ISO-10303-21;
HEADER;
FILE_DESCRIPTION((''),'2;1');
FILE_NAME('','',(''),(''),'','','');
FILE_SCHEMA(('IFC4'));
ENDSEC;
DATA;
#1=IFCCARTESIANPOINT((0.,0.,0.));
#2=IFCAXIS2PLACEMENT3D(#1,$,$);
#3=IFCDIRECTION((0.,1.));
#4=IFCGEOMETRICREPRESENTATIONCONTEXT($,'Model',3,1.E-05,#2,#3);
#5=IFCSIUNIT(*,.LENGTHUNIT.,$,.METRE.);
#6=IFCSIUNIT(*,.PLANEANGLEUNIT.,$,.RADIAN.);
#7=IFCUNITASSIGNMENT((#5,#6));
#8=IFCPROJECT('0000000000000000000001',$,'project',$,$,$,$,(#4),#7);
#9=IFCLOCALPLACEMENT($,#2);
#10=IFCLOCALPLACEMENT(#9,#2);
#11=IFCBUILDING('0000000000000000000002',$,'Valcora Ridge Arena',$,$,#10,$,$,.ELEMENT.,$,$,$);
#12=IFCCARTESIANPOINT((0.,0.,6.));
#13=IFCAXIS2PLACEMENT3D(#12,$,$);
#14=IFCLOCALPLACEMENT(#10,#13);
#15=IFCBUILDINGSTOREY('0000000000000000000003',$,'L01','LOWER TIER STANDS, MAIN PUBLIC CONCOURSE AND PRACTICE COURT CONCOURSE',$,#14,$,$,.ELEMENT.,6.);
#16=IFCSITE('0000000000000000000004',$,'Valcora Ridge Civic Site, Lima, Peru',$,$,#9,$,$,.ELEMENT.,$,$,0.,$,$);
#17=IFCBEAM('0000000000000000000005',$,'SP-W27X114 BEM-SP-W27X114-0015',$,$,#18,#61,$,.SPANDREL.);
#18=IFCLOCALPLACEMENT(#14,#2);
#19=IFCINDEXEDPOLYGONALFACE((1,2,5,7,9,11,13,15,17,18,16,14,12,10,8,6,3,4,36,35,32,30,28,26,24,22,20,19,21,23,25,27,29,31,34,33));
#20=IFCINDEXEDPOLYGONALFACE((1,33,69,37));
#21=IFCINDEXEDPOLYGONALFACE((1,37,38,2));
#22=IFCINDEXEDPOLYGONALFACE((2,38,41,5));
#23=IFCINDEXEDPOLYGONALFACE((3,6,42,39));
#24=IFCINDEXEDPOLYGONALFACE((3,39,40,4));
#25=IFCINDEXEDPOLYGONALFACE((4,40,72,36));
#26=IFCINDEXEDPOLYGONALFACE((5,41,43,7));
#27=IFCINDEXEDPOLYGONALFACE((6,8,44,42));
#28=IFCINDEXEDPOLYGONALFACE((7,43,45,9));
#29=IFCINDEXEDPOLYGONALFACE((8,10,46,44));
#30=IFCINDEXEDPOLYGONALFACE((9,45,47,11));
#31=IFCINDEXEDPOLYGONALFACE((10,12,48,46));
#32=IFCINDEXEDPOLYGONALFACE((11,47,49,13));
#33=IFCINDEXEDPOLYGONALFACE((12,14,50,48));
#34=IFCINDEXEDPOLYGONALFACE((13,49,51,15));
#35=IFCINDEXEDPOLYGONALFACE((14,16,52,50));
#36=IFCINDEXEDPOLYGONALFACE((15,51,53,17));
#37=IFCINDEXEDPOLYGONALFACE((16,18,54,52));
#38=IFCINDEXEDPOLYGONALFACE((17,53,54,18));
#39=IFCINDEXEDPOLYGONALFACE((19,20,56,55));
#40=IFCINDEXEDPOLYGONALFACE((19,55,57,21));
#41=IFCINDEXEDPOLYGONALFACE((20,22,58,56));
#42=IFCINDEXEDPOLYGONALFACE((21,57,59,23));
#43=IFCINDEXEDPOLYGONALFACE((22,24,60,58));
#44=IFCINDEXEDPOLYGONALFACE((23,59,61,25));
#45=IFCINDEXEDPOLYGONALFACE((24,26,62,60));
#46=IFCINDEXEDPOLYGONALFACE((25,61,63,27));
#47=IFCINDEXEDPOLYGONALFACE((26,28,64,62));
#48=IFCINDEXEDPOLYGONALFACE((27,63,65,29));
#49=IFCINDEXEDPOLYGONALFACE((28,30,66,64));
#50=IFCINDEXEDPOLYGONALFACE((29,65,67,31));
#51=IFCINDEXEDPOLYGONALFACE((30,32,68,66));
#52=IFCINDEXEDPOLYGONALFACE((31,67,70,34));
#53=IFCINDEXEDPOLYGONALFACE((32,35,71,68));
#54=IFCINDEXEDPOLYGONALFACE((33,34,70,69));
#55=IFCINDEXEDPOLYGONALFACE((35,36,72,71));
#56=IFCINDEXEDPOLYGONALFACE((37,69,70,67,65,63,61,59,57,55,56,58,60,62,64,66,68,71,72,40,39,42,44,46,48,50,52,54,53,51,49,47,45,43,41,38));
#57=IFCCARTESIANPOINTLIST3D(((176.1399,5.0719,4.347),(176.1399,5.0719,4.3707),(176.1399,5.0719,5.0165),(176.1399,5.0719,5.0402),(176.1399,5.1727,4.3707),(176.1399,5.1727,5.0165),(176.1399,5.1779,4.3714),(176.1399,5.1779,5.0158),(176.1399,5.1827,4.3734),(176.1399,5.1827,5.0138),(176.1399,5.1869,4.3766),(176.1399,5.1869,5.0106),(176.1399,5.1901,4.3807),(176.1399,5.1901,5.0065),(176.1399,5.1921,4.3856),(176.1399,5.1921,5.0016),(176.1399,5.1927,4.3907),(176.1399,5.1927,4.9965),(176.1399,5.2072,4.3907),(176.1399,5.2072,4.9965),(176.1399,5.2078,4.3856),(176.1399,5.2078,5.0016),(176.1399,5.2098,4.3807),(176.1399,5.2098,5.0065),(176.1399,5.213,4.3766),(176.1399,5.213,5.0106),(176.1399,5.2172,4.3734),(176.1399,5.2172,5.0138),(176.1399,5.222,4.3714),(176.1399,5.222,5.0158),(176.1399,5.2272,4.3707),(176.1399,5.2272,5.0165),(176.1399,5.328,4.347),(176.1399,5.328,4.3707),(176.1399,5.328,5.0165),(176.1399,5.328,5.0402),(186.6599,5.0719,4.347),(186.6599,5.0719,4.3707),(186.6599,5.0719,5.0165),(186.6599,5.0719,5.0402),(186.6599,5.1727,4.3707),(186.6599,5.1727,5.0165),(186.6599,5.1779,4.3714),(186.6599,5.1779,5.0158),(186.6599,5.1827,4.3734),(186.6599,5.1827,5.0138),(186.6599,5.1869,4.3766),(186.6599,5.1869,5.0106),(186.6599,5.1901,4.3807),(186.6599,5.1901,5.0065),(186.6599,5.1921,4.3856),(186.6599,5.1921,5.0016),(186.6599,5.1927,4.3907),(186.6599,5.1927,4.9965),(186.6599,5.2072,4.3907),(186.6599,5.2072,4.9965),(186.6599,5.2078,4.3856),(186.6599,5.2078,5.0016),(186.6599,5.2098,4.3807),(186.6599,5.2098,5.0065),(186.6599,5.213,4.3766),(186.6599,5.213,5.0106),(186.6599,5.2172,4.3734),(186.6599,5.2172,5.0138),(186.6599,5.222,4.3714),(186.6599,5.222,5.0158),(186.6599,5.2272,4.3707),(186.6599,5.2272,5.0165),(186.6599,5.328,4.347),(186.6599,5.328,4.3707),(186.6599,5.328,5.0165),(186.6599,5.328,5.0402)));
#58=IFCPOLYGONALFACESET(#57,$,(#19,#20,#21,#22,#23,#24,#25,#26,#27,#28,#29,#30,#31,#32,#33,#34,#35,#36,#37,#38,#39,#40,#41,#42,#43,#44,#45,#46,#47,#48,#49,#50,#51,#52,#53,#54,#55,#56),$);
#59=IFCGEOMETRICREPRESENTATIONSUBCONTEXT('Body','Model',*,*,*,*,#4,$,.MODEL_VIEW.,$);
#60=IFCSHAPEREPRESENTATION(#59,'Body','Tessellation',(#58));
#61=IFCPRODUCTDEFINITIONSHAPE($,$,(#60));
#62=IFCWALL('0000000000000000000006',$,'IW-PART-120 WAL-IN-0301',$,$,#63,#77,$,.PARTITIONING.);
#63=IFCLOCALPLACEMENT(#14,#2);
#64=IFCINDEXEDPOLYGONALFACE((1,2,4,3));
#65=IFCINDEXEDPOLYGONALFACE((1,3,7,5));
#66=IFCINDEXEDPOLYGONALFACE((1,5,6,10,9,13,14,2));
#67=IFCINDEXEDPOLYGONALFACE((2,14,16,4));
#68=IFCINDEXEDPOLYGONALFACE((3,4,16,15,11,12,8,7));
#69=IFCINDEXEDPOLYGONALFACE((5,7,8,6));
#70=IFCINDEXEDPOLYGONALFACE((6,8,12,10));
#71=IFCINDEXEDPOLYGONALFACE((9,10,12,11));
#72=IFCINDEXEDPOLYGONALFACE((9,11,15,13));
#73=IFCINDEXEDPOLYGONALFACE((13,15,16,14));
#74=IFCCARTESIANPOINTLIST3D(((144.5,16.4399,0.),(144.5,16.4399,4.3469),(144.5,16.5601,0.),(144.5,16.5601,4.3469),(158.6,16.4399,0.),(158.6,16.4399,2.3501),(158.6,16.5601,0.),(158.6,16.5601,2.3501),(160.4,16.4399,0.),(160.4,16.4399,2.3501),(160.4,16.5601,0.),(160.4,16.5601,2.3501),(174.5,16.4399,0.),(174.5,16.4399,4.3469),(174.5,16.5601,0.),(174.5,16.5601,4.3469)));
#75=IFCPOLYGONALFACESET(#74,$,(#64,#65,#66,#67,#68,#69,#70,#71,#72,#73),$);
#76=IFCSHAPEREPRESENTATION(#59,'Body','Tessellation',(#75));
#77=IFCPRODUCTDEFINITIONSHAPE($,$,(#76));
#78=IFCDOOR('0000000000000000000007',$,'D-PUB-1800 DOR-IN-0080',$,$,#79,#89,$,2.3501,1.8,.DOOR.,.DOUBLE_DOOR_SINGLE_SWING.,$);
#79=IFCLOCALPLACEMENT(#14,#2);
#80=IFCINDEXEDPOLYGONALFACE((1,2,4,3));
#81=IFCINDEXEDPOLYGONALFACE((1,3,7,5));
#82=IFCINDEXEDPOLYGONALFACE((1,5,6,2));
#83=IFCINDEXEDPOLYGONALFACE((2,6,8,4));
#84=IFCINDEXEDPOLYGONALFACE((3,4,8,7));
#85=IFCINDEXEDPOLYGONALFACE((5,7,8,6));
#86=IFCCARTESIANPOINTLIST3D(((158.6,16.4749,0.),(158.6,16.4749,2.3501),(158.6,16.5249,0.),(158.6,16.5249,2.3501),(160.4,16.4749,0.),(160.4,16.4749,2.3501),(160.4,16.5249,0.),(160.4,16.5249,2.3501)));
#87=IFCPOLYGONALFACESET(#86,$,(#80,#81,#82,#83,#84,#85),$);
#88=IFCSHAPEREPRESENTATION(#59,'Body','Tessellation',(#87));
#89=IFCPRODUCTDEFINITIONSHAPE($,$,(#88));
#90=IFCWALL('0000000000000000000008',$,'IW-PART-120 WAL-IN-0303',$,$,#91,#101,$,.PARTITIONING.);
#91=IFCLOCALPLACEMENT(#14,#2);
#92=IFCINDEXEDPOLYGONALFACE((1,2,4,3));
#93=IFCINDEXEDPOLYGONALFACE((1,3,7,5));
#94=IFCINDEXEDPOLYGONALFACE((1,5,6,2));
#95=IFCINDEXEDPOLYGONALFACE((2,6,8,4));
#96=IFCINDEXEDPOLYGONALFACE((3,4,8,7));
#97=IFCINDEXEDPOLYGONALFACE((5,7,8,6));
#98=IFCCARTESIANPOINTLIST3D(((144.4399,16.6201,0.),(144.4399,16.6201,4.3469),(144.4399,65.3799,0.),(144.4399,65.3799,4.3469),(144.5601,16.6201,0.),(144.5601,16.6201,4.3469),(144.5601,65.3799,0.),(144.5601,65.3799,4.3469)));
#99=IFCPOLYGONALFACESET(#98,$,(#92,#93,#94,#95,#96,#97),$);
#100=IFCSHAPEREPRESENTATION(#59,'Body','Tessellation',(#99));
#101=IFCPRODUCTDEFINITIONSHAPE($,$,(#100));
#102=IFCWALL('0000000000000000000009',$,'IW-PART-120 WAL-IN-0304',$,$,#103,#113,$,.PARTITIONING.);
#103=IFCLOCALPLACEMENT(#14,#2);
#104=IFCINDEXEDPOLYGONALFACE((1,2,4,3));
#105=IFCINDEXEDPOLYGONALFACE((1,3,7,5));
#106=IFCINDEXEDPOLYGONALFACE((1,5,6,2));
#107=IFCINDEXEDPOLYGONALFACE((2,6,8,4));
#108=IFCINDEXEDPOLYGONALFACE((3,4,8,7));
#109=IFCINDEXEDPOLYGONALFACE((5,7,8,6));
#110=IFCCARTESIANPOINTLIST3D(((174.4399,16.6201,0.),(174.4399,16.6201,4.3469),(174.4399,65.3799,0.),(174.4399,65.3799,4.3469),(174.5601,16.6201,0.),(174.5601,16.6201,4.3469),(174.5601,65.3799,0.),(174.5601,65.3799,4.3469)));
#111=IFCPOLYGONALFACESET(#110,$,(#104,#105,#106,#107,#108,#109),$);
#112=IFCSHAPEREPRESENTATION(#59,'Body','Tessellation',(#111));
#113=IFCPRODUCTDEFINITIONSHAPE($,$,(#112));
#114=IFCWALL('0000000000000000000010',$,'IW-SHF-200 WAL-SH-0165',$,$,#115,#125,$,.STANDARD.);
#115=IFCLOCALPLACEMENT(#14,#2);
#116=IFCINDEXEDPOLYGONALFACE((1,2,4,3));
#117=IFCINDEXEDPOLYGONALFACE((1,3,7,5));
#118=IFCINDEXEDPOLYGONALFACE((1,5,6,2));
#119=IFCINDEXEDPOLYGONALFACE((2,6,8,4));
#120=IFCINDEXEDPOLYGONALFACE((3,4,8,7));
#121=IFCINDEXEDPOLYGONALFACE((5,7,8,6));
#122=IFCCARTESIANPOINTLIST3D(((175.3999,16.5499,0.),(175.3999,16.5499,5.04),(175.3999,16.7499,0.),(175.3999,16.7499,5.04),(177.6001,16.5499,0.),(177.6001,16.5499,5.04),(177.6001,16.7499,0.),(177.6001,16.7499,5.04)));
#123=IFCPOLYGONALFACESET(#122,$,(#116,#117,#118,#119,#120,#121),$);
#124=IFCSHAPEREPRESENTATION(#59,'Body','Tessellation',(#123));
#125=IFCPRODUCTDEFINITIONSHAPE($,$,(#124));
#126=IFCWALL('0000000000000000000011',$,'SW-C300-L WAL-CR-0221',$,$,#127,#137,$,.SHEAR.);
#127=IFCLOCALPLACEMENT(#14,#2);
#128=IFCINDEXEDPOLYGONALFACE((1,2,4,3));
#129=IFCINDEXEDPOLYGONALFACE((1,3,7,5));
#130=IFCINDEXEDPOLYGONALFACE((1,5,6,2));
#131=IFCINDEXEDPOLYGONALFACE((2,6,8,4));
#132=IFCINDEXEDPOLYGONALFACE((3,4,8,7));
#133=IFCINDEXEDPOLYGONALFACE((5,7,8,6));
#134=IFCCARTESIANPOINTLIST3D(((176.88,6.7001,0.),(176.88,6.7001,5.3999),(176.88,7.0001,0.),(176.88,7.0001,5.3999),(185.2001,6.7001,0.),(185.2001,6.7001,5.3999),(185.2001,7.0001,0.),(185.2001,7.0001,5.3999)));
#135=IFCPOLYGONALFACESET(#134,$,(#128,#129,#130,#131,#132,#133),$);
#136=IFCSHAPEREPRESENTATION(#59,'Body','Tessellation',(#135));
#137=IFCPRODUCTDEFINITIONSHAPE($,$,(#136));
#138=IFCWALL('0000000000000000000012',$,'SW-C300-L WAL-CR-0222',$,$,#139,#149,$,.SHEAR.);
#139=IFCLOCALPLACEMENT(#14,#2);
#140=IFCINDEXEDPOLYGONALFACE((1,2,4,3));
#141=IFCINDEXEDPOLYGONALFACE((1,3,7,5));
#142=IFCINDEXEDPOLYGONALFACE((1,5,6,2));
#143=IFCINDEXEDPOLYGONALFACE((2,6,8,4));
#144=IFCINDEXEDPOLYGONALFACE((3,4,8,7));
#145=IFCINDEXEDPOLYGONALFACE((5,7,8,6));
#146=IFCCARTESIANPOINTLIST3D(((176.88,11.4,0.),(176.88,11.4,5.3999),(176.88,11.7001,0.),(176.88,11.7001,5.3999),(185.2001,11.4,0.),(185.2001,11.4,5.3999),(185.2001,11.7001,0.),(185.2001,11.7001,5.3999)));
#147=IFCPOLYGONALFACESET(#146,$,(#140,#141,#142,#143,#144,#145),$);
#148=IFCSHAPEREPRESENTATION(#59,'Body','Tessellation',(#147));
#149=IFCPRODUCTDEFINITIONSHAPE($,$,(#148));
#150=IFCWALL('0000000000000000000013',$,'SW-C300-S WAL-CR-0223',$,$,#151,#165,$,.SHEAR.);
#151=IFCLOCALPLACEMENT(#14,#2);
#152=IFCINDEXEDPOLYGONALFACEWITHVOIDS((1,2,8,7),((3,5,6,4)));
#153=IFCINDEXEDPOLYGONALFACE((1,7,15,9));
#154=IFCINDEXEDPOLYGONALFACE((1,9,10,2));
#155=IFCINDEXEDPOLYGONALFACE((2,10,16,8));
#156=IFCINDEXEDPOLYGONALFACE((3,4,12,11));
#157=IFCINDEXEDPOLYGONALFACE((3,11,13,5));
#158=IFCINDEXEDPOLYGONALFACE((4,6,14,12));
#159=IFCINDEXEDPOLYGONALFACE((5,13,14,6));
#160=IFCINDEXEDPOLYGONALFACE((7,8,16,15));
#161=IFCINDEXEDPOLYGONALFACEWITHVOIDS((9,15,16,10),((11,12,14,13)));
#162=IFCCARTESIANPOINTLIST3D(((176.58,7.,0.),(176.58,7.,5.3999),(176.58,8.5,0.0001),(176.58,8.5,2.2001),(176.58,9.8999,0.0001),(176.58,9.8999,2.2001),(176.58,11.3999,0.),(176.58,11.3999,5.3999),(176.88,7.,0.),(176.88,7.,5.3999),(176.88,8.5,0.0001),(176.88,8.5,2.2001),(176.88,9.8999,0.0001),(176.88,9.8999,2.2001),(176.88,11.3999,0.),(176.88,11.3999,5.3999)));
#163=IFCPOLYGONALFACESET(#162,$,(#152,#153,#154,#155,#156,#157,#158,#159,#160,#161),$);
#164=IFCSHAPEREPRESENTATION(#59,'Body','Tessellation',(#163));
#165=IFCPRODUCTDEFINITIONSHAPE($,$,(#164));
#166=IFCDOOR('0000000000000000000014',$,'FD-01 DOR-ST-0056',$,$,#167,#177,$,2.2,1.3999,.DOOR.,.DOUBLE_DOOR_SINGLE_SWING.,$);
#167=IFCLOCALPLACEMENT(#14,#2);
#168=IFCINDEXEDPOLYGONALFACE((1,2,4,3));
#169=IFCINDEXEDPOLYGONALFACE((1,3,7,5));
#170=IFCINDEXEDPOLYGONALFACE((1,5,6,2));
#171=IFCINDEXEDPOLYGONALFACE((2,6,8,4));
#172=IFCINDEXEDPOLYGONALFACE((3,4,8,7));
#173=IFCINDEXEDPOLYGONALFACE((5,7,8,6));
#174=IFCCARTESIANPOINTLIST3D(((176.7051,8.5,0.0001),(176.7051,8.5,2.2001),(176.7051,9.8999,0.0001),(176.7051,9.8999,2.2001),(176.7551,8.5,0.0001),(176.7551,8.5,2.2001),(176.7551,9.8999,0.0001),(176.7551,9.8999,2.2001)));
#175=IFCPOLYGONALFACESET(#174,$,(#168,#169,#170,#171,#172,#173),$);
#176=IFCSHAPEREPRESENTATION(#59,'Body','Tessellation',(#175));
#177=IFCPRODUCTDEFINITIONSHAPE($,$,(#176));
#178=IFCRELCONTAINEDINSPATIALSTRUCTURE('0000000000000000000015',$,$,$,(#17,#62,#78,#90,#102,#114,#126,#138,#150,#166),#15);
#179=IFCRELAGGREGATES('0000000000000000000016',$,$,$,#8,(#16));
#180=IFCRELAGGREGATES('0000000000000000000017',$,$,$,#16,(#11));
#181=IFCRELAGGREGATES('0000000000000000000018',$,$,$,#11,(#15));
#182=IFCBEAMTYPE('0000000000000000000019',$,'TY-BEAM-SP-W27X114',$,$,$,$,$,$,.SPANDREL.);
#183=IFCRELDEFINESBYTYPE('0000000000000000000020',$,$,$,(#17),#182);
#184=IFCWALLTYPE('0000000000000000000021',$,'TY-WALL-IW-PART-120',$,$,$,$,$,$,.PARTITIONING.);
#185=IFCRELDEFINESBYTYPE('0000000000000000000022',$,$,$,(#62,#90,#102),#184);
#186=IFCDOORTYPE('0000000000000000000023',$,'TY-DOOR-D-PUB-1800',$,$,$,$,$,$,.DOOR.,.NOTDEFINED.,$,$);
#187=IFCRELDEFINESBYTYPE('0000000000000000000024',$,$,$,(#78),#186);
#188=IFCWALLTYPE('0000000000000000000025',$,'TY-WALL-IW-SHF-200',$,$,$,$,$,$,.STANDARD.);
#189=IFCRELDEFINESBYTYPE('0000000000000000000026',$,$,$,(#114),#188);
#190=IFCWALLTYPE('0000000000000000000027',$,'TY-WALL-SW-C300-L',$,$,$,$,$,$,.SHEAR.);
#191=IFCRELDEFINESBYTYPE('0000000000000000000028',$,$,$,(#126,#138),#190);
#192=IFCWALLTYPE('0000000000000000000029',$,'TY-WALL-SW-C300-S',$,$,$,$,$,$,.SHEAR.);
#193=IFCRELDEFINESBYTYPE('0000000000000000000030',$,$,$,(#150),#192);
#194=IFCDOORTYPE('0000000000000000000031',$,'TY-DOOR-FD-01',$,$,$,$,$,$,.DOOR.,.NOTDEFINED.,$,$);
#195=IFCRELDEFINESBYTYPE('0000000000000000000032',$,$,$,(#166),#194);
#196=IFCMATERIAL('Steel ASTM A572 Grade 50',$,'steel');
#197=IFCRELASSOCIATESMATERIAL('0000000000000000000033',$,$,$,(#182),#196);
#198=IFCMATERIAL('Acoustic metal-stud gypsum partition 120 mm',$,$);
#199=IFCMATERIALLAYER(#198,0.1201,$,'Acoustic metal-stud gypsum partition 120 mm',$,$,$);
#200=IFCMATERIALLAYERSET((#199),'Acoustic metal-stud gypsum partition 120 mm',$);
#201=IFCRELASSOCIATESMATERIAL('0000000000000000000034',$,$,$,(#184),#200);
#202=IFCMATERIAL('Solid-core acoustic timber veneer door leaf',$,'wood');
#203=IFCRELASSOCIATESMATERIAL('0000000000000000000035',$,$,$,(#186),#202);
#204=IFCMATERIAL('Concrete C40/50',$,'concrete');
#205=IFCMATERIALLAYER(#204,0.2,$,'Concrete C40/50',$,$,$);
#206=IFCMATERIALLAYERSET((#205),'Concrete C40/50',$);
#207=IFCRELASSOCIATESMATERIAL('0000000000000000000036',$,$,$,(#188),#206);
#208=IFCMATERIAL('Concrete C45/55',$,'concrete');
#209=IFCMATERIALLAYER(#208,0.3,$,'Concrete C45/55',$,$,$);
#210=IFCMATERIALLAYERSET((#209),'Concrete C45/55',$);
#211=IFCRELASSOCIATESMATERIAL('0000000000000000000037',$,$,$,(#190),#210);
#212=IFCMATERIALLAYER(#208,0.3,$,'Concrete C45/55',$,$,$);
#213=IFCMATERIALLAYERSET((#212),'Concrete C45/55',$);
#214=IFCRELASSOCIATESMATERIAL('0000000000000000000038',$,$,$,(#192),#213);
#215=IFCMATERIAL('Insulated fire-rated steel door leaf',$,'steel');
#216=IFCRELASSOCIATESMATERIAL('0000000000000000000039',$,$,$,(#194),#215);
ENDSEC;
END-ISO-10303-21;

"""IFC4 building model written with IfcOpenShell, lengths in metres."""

from ifc_helpers import new_model, si_unit, direction, frame, frame_2d, origin, origin_2d, place, context, subcontext, project, spatial, rectangle, i_section, extrude, material, layer, layer_set, material_profile, profile_set, type_object, element, fill, save


model = new_model("IFC4")

# Units and contexts
model_context = context("Model", 3, precision=1e-05, world=origin(), true_north=direction((0.0, 1.0)))
body_context = subcontext(model_context, "Body", "Model", "MODEL_VIEW")
ifc_project = project(units=[si_unit("LENGTHUNIT", "METRE"), si_unit("PLANEANGLEUNIT", "RADIAN")], contexts=[model_context])

# Site, building, storey
site_placement = place(None, origin())
site = spatial("IfcSite", under=ifc_project, at=site_placement, Name="Valcora Ridge Civic Site, Lima, Peru", CompositionType="ELEMENT", RefElevation=0.0)
building_placement = place(site_placement, origin())
building = spatial("IfcBuilding", under=site, at=building_placement, Name="Valcora Ridge Arena", CompositionType="ELEMENT")
storey_placement = place(building_placement, frame((0.0, 0.0, 6.0)))
storey = spatial("IfcBuildingStorey", under=building, at=storey_placement, Name="L01", Description="LOWER TIER STANDS, MAIN PUBLIC CONCOURSE AND PRACTICE COURT CONCOURSE", CompositionType="ELEMENT", Elevation=6.0)

# Shared definitions
ifc_material_1 = material(Name="Steel ASTM A572 Grade 50", Category="steel")

# Beam
ifc_material_profile_1 = material_profile(ifc_material_1, i_section(OverallWidth=0.2561, OverallDepth=0.6931, WebThickness=0.0144, FlangeThickness=0.0237, FilletRadius=0.02, at=origin_2d()), Name="W27X114")
ifc_profile_set_1 = profile_set([ifc_material_profile_1], Name="Steel ASTM A572 Grade 50")
beam_type_1 = type_object("IfcBeamType", Name="TY-BEAM-SP-W27X114", PredefinedType="SPANDREL", material=ifc_profile_set_1)
beam_1_placement = place(storey_placement, frame((176.1399, 5.2, 4.6936), z_axis=(1.0, 0.0, 0.0), x_axis=(0.0, 1.0, 0.0)))
element("IfcBeam", 1, at=beam_1_placement, inside=storey, type_object=beam_type_1, Name="SP-W27X114 BEM-SP-W27X114-0015", PredefinedType="SPANDREL", context=body_context, shape_type="SweptSolid", body=[
    extrude(i_section(OverallWidth=0.2561, OverallDepth=0.6931, WebThickness=0.0144, FlangeThickness=0.0237, FilletRadius=0.02, at=origin_2d()), origin(), (0.0, 0.0, 1.0), 10.52),
])

# Wall, opening, door
ifc_material_2 = material(Name="Acoustic metal-stud gypsum partition 120 mm")
ifc_layer_1 = layer(ifc_material_2, 0.1201, Name="Acoustic metal-stud gypsum partition 120 mm")
ifc_layer_set_1 = layer_set([ifc_layer_1], Name="Acoustic metal-stud gypsum partition 120 mm")
wall_type_1 = type_object("IfcWallType", Name="TY-WALL-IW-PART-120", PredefinedType="PARTITIONING", material=ifc_layer_set_1)
wall_1_placement = place(storey_placement, frame((144.5, 16.5, 0.0), z_axis=(0.0, 0.0, 1.0), x_axis=(1.0, 0.0, 0.0)))
wall_1 = element("IfcWall", 2, at=wall_1_placement, inside=storey, type_object=wall_type_1, Name="IW-PART-120 WAL-IN-0301", PredefinedType="PARTITIONING", context=body_context, shape_type="SweptSolid", body=[
    extrude(rectangle(XDim=30.0, YDim=0.1201, at=frame_2d((15.0, 0.0))), origin(), (0.0, 0.0, 1.0), 4.3469),
])
opening_1_placement = place(wall_1_placement, frame((14.1001, 0.0, 0.0)))
opening_1 = element("IfcOpeningElement", 3, at=opening_1_placement, cuts=wall_1, PredefinedType="OPENING", context=body_context, shape_type="SweptSolid", body=[
    extrude(rectangle(XDim=1.8, YDim=2.3501, at=frame_2d((0.8999, 1.175))), frame((0.0, 0.0701, 0.0), z_axis=(0.0, -1.0, 0.0), x_axis=(1.0, 0.0, 0.0)), (0.0, 0.0, 1.0), 0.1401),
])
ifc_material_3 = material(Name="Solid-core acoustic timber veneer door leaf", Category="wood")
door_type_1 = type_object("IfcDoorType", Name="TY-DOOR-D-PUB-1800", OperationType="NOTDEFINED", PredefinedType="DOOR", material=ifc_material_3)
door_1_placement = place(opening_1_placement, origin())
door_1 = element("IfcDoor", 4, at=door_1_placement, inside=storey, type_object=door_type_1, Name="D-PUB-1800 DOR-IN-0080", OperationType="DOUBLE_DOOR_SINGLE_SWING", OverallHeight=2.3501, OverallWidth=1.8, PredefinedType="DOOR", context=body_context, shape_type="SweptSolid", body=[
    extrude(rectangle(XDim=1.8, YDim=2.3501, at=frame_2d((0.8999, 1.175))), frame((0.0, 0.0249, 0.0), z_axis=(0.0, -1.0, 0.0), x_axis=(1.0, 0.0, 0.0)), (0.0, 0.0, 1.0), 0.05),
])
fill(opening_1, door_1)

# Walls
for number, where, z_axis, x_axis, name in (
    (5, (144.5, 16.6201, 0.0), (0.0, 0.0, 1.0), (0.0, 1.0, 0.0), "IW-PART-120 WAL-IN-0303"),
    (6, (174.5, 16.6201, 0.0), (0.0, 0.0, 1.0), (0.0, 1.0, 0.0), "IW-PART-120 WAL-IN-0304"),
):
    element("IfcWall", number, at=place(storey_placement, frame(where, z_axis=z_axis, x_axis=x_axis)), inside=storey, type_object=wall_type_1, Name=name, PredefinedType="PARTITIONING", context=body_context, shape_type="SweptSolid", body=[
        extrude(rectangle(XDim=48.7598, YDim=0.1201, at=frame_2d((24.3799, 0.0))), origin(), (0.0, 0.0, 1.0), 4.3469),
    ])
ifc_material_4 = material(Name="Concrete C40/50", Category="concrete")
ifc_layer_2 = layer(ifc_material_4, 0.2, Name="Concrete C40/50")
ifc_layer_set_2 = layer_set([ifc_layer_2], Name="Concrete C40/50")
wall_type_2 = type_object("IfcWallType", Name="TY-WALL-IW-SHF-200", PredefinedType="STANDARD", material=ifc_layer_set_2)
wall_2_placement = place(storey_placement, frame((175.3999, 16.6499, 0.0), z_axis=(0.0, 0.0, 1.0), x_axis=(1.0, 0.0, 0.0)))
element("IfcWall", 7, at=wall_2_placement, inside=storey, type_object=wall_type_2, Name="IW-SHF-200 WAL-SH-0165", PredefinedType="STANDARD", context=body_context, shape_type="SweptSolid", body=[
    extrude(rectangle(XDim=2.2002, YDim=0.2, at=frame_2d((1.1001, 0.0))), origin(), (0.0, 0.0, 1.0), 5.04),
])
ifc_material_5 = material(Name="Concrete C45/55", Category="concrete")
ifc_layer_3 = layer(ifc_material_5, 0.3, Name="Concrete C45/55")
ifc_layer_set_3 = layer_set([ifc_layer_3], Name="Concrete C45/55")
wall_type_3 = type_object("IfcWallType", Name="TY-WALL-SW-C300-L", PredefinedType="SHEAR", material=ifc_layer_set_3)
for number, where, z_axis, x_axis, name in (
    (8, (176.8799, 6.8501, 0.0), (0.0, 0.0, 1.0), (1.0, 0.0, 0.0), "SW-C300-L WAL-CR-0221"),
    (9, (176.8799, 11.55, 0.0), (0.0, 0.0, 1.0), (1.0, 0.0, 0.0), "SW-C300-L WAL-CR-0222"),
):
    element("IfcWall", number, at=place(storey_placement, frame(where, z_axis=z_axis, x_axis=x_axis)), inside=storey, type_object=wall_type_3, Name=name, PredefinedType="SHEAR", context=body_context, shape_type="SweptSolid", body=[
        extrude(rectangle(XDim=8.3201, YDim=0.3, at=frame_2d((4.1602, 0.0))), origin(), (0.0, 0.0, 1.0), 5.3999),
    ])

# Wall, opening, door
ifc_layer_4 = layer(ifc_material_5, 0.3, Name="Concrete C45/55")
ifc_layer_set_4 = layer_set([ifc_layer_4], Name="Concrete C45/55")
wall_type_4 = type_object("IfcWallType", Name="TY-WALL-SW-C300-S", PredefinedType="SHEAR", material=ifc_layer_set_4)
wall_3_placement = place(storey_placement, frame((176.73, 7.0, 0.0), z_axis=(0.0, 0.0, 1.0), x_axis=(0.0, 1.0, 0.0)))
wall_3 = element("IfcWall", 10, at=wall_3_placement, inside=storey, type_object=wall_type_4, Name="SW-C300-S WAL-CR-0223", PredefinedType="SHEAR", context=body_context, shape_type="SweptSolid", body=[
    extrude(rectangle(XDim=4.3999, YDim=0.3, at=frame_2d((2.2, 0.0))), origin(), (0.0, 0.0, 1.0), 5.3999),
])
opening_2_placement = place(wall_3_placement, frame((1.5, 0.0, 0.0)))
opening_2 = element("IfcOpeningElement", 11, at=opening_2_placement, cuts=wall_3, PredefinedType="OPENING", context=body_context, shape_type="SweptSolid", body=[
    extrude(rectangle(XDim=1.3999, YDim=2.2, at=frame_2d((0.7, 1.1001))), frame((0.0, 0.1599, 0.0), z_axis=(0.0, -1.0, 0.0), x_axis=(1.0, 0.0, 0.0)), (0.0, 0.0, 1.0), 0.3201),
])
ifc_material_6 = material(Name="Insulated fire-rated steel door leaf", Category="steel")
door_type_2 = type_object("IfcDoorType", Name="TY-DOOR-FD-01", OperationType="NOTDEFINED", PredefinedType="DOOR", material=ifc_material_6)
door_2_placement = place(opening_2_placement, origin())
door_2 = element("IfcDoor", 12, at=door_2_placement, inside=storey, type_object=door_type_2, Name="FD-01 DOR-ST-0056", OperationType="DOUBLE_DOOR_SINGLE_SWING", OverallHeight=2.2, OverallWidth=1.3999, PredefinedType="DOOR", context=body_context, shape_type="SweptSolid", body=[
    extrude(rectangle(XDim=1.3999, YDim=2.2, at=frame_2d((0.7, 1.1001))), frame((0.0, 0.0249, 0.0), z_axis=(0.0, -1.0, 0.0), x_axis=(1.0, 0.0, 0.0)), (0.0, 0.0, 1.0), 0.05),
])
fill(opening_2, door_2)

save(model, "model.ifc")
